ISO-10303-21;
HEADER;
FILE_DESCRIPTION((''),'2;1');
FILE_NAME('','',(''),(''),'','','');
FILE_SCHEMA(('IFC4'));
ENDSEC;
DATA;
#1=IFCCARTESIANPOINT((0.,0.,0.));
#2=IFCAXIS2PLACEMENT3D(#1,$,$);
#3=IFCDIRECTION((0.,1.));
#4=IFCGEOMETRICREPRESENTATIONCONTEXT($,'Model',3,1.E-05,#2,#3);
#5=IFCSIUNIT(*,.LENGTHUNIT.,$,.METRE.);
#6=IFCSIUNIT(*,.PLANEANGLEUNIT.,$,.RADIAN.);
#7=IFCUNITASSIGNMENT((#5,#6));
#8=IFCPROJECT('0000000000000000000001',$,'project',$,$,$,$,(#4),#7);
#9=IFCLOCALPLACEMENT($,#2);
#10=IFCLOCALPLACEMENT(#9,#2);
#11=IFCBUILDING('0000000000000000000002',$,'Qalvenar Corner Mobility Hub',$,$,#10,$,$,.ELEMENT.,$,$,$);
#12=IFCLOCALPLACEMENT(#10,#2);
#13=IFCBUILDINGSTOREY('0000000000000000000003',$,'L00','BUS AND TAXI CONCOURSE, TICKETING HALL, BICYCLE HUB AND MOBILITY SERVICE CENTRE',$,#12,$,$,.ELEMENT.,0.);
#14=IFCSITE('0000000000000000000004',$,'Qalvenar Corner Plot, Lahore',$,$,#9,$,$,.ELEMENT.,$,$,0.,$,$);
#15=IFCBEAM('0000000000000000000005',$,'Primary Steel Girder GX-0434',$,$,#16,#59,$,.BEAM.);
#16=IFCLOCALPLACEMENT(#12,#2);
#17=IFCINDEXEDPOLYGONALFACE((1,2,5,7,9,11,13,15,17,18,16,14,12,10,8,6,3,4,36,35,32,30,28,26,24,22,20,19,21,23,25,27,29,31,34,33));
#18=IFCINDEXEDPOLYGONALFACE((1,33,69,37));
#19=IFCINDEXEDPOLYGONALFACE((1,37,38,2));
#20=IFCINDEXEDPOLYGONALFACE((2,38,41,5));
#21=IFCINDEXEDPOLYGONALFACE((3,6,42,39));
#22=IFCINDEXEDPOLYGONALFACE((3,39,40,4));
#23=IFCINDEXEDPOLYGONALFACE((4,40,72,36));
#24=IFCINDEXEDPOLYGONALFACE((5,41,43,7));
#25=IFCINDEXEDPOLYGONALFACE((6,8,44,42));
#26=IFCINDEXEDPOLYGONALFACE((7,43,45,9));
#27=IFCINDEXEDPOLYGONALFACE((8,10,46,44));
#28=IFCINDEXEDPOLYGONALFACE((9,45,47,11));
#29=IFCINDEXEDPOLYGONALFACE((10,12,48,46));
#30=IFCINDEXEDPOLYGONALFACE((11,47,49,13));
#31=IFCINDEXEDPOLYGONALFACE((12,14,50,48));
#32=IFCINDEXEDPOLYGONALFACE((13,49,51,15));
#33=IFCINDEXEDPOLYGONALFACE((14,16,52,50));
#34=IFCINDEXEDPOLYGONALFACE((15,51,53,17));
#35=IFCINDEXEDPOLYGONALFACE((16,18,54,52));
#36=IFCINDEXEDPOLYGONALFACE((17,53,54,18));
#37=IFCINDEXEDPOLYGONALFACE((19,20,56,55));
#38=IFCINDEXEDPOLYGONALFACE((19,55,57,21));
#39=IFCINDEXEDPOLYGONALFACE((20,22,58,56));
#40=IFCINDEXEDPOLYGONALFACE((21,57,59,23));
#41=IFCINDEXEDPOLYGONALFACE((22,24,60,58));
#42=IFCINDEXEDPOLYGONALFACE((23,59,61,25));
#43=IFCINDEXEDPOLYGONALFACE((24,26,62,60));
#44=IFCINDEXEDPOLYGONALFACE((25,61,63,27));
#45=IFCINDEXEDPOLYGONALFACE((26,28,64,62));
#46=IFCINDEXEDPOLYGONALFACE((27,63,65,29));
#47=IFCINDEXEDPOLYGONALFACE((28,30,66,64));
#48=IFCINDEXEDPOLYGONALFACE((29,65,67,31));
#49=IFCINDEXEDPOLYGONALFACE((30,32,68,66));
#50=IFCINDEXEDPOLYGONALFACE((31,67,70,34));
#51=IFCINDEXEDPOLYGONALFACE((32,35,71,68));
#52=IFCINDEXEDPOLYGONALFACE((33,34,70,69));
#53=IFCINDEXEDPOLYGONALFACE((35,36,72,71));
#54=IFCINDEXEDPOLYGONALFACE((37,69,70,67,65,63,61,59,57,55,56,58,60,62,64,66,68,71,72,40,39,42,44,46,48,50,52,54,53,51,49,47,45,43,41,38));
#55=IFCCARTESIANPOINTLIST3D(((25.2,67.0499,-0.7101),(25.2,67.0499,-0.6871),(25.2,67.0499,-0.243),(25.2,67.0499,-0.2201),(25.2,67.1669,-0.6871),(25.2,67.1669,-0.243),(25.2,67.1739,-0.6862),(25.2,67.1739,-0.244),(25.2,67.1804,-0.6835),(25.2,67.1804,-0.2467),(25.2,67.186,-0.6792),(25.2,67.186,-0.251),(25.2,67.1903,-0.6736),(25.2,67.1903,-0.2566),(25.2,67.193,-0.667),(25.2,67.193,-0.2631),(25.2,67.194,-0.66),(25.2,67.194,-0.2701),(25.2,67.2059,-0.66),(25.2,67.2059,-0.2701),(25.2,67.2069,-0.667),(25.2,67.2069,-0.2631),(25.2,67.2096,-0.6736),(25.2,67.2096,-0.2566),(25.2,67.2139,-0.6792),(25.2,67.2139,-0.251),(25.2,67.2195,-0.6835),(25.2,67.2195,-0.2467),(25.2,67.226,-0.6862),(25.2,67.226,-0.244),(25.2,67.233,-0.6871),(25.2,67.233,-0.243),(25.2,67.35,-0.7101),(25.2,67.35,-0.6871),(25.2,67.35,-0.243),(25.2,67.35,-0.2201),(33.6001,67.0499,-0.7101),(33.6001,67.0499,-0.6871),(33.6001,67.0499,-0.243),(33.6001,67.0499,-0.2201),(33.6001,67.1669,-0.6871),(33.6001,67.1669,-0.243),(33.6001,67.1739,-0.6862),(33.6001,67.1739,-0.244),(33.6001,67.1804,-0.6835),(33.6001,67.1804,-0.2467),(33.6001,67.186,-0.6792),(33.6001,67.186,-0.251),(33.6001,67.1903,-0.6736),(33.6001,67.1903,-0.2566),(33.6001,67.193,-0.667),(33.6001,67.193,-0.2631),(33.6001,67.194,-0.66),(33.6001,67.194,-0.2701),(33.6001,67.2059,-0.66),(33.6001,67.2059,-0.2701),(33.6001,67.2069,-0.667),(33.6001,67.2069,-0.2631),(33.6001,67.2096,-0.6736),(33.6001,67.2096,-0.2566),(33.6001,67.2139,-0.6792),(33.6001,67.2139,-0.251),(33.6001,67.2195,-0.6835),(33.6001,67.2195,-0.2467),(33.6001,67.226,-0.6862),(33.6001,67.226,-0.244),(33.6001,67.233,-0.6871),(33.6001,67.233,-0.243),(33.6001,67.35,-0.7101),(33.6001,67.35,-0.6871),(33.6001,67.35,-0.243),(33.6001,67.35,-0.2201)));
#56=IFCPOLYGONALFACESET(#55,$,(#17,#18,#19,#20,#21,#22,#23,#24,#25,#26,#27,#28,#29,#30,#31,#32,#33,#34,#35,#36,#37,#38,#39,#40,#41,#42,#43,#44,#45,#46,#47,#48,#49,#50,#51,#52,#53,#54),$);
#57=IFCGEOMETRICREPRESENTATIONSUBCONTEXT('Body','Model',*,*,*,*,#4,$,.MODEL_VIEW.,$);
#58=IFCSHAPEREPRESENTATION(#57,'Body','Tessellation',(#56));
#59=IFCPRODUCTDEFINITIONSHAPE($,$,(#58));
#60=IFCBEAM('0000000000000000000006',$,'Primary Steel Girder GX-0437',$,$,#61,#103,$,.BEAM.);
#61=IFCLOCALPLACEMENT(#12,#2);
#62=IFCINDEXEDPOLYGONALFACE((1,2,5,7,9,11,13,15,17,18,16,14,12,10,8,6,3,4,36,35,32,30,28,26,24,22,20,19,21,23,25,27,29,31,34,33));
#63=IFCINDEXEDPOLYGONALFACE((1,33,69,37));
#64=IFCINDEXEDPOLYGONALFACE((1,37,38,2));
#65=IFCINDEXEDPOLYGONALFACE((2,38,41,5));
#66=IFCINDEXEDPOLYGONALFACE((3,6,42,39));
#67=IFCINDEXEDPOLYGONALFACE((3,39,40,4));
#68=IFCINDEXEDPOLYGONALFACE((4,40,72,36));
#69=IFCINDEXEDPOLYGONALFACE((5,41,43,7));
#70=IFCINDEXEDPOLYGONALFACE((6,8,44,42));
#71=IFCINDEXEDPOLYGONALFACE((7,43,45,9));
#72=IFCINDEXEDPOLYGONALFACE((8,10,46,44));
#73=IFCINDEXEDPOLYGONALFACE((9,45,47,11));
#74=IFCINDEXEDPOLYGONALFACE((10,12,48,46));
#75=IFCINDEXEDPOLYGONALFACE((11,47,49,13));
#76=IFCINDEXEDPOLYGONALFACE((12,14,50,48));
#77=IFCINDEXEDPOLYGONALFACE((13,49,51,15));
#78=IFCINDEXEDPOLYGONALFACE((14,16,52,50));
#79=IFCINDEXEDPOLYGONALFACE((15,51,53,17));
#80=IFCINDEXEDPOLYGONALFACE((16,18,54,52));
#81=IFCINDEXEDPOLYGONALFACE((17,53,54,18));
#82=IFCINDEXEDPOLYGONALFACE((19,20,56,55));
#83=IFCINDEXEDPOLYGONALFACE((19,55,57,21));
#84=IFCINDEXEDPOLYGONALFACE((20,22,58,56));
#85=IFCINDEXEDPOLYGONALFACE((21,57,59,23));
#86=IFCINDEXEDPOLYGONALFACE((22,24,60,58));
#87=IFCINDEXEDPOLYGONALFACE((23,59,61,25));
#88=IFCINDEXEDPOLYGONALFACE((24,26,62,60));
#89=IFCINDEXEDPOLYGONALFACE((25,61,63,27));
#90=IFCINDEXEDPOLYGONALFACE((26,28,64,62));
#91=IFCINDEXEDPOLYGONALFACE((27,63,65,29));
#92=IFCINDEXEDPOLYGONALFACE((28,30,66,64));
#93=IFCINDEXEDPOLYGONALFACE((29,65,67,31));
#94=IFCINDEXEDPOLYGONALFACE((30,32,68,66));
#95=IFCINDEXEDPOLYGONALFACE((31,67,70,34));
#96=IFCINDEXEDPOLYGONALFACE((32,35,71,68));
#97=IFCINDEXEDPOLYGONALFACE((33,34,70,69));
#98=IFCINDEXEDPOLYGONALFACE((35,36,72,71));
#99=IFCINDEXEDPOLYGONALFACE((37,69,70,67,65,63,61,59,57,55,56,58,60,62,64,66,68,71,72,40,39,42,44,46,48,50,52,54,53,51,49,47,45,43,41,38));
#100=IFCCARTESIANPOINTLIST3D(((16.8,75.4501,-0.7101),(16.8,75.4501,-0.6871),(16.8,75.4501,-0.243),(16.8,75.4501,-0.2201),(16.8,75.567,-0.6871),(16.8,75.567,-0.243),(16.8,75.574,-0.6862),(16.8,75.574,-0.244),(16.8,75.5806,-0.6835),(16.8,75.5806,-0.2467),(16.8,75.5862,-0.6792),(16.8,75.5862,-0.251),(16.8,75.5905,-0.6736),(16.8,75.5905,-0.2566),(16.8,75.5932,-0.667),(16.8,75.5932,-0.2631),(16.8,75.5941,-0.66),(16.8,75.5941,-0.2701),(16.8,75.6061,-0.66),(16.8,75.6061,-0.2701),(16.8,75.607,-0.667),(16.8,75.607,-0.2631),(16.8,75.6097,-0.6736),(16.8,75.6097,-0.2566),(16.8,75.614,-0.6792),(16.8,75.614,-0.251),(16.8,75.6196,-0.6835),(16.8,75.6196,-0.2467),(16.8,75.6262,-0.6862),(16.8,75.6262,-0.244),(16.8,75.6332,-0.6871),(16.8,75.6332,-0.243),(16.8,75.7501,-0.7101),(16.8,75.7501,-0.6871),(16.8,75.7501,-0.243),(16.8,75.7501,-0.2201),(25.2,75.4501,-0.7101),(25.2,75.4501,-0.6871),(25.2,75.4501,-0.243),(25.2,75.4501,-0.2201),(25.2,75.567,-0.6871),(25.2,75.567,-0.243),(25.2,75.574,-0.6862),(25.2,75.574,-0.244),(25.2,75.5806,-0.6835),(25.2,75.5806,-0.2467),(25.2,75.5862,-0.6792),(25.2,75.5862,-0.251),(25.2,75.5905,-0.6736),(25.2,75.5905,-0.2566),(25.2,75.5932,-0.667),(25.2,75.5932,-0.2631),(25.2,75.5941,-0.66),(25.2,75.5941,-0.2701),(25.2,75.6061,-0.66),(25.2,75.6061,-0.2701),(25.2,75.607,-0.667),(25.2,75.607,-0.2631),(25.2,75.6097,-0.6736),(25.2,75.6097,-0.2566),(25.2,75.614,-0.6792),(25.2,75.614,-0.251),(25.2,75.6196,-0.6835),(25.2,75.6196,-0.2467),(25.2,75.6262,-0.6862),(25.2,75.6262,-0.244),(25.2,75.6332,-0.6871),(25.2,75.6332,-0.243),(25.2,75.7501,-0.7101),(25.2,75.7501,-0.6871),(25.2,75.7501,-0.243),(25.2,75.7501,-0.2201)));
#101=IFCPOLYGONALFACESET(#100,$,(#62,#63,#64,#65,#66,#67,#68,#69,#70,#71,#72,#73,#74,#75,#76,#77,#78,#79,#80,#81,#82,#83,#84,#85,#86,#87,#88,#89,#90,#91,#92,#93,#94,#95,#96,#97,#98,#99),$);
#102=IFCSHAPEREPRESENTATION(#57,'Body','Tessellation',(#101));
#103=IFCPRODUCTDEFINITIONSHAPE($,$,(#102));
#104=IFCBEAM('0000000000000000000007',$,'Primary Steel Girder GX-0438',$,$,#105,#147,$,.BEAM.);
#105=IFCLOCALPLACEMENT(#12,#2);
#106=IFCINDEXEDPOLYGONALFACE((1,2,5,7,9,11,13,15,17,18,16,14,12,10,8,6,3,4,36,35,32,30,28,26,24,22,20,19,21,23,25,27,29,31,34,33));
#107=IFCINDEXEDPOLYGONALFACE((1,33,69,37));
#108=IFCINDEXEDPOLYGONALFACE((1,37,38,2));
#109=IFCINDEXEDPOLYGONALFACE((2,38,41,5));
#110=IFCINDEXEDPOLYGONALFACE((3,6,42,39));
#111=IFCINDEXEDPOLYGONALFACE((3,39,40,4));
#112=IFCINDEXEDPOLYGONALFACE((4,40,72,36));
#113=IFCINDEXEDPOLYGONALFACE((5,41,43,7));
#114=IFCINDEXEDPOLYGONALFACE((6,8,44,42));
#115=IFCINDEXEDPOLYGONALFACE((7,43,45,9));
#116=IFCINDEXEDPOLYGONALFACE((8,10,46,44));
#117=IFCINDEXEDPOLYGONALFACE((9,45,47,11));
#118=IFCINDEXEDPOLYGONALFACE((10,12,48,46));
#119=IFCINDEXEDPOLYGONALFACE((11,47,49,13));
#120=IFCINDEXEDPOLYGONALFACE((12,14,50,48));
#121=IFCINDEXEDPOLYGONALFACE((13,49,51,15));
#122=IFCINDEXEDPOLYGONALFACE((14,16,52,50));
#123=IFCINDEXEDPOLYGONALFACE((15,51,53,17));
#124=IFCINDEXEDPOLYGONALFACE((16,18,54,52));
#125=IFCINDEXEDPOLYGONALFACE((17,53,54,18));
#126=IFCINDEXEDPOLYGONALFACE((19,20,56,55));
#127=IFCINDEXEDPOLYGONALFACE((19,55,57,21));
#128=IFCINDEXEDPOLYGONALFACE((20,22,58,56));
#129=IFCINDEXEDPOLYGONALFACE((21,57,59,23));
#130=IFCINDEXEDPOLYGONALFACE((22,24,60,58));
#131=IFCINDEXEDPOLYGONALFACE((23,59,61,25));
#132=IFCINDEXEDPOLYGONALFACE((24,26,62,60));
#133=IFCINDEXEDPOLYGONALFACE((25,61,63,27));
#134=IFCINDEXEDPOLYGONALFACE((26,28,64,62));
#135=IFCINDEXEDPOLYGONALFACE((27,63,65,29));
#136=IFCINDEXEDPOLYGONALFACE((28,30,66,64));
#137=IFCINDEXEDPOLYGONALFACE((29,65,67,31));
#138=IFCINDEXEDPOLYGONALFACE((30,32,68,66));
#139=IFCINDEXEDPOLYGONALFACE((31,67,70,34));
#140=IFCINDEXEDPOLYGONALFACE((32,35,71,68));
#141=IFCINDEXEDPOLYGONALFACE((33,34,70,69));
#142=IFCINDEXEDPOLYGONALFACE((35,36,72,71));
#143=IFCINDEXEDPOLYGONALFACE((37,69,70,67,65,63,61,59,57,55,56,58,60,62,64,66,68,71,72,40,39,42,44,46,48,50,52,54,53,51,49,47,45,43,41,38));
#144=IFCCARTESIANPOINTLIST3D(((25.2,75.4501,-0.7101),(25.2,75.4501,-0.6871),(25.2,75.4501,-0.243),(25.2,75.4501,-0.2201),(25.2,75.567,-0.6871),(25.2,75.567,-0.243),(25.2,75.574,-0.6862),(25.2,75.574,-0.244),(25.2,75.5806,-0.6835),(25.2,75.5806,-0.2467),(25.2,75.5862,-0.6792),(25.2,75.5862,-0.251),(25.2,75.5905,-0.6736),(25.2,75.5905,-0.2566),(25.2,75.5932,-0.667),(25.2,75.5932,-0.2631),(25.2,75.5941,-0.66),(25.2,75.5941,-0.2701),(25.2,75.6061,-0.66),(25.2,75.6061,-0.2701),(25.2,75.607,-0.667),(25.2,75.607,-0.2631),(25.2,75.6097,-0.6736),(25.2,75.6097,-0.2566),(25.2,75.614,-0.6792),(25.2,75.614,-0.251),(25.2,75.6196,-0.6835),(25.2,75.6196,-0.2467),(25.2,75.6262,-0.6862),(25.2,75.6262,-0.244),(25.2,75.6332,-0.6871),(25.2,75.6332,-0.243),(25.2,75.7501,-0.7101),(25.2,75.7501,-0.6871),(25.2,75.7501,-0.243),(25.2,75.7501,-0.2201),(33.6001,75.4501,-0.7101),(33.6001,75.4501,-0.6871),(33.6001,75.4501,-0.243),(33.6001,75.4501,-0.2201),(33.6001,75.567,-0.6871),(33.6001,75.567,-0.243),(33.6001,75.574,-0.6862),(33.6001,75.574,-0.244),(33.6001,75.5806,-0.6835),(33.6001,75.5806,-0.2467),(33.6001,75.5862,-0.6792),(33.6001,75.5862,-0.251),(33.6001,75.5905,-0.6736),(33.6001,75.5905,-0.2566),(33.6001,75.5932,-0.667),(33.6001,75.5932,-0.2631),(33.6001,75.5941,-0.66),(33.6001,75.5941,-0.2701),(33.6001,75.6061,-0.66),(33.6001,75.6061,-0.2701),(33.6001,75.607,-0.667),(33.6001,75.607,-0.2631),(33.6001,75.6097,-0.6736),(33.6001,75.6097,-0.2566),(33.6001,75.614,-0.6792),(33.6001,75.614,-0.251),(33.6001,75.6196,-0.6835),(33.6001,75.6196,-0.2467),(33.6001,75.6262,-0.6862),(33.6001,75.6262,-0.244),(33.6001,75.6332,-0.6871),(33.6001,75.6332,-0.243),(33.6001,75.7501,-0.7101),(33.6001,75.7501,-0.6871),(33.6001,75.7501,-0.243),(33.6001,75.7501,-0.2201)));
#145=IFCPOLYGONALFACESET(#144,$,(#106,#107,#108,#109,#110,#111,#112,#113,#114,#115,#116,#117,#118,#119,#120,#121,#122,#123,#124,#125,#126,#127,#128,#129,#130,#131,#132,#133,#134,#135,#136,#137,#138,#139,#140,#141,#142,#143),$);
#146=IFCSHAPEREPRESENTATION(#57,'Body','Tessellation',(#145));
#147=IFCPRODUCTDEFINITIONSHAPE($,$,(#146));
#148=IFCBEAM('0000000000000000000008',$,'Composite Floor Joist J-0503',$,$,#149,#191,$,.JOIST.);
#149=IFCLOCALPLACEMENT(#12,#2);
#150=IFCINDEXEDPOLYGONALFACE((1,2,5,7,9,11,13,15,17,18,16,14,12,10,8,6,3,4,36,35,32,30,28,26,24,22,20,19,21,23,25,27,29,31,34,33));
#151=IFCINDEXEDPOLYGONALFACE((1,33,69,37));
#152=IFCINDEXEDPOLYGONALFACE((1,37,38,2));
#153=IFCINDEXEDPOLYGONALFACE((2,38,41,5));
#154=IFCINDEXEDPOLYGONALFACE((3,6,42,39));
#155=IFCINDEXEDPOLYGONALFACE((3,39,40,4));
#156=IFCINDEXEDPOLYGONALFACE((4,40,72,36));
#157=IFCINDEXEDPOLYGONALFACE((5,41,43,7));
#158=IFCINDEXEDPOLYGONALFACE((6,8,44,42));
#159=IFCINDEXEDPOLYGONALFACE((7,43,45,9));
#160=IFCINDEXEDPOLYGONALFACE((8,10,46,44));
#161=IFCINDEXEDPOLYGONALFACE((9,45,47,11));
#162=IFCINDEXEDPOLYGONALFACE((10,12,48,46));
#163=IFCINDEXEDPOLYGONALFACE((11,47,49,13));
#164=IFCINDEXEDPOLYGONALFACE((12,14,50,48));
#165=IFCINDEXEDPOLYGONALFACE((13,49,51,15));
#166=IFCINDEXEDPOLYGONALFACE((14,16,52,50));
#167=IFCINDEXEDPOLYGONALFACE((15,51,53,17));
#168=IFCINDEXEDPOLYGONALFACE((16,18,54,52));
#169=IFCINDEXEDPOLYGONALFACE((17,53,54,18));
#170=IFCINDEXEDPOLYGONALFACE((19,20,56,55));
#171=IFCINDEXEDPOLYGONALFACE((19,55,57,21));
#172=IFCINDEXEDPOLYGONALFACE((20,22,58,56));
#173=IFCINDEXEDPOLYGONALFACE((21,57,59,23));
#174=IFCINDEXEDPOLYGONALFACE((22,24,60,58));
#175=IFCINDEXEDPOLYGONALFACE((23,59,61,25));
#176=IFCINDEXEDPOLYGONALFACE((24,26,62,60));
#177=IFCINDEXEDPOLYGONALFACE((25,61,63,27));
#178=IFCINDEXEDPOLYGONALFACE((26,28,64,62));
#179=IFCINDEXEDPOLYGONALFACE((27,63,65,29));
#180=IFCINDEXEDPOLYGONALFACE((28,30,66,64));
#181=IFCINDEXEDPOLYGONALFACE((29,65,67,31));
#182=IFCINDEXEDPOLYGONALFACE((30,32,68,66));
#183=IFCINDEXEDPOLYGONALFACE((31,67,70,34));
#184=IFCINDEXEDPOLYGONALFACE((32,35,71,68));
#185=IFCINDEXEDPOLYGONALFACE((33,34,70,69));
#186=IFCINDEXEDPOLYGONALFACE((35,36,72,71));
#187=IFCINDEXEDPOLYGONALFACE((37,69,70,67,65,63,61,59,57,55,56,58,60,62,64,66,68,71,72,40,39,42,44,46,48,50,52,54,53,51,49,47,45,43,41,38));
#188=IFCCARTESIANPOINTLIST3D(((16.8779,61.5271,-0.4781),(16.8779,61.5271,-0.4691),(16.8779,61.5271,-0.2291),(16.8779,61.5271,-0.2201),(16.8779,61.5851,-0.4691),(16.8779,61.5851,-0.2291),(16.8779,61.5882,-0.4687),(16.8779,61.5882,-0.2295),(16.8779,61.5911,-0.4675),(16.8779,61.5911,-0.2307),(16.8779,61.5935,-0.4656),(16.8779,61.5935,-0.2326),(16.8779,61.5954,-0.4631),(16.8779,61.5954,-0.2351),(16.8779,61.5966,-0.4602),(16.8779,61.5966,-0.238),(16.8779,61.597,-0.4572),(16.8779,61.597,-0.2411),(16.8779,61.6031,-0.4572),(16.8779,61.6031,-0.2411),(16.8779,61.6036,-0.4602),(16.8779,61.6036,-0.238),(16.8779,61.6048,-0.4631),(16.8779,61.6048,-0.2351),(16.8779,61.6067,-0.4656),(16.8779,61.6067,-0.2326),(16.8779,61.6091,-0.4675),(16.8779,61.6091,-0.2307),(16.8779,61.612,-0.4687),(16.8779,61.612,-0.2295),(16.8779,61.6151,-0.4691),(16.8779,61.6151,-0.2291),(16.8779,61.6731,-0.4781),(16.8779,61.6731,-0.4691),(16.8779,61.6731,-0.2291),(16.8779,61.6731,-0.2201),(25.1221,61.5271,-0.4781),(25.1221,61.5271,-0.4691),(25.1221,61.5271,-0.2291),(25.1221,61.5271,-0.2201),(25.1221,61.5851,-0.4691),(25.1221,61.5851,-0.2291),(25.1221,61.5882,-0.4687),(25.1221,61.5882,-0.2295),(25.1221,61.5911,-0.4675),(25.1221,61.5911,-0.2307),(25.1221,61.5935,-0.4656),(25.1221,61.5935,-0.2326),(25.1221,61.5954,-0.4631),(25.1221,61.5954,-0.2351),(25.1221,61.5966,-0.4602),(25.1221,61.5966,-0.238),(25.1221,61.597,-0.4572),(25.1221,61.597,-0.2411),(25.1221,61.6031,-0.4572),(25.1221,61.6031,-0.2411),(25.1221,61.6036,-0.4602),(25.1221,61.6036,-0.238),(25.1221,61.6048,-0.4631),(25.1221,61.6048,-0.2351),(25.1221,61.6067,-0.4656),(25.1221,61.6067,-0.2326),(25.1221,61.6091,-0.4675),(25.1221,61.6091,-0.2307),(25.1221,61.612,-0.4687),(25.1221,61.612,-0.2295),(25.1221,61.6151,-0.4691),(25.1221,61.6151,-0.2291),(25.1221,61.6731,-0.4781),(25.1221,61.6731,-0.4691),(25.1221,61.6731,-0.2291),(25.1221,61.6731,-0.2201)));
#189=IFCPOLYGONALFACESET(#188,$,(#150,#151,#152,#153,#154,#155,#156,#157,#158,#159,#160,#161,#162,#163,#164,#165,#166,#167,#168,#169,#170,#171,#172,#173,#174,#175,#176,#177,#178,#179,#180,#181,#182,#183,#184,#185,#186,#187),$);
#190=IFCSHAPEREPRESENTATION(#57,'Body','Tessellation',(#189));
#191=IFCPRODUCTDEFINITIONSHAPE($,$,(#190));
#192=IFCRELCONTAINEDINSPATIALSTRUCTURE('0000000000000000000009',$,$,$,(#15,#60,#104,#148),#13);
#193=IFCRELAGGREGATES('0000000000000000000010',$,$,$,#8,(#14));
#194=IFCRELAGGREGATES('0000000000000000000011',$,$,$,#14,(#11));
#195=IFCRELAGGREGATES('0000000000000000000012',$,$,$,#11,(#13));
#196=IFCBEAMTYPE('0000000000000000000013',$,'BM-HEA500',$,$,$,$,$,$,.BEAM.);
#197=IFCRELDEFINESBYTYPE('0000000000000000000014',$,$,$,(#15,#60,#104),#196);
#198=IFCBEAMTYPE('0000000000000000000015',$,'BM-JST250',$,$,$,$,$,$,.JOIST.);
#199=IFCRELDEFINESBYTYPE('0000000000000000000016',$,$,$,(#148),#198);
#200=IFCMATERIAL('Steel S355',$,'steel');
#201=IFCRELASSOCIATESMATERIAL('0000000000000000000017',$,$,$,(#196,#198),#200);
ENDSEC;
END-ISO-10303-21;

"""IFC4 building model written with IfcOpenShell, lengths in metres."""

from ifc_helpers import new_model, si_unit, direction, frame, origin, origin_2d, place, context, subcontext, project, spatial, i_section, extrude, material, material_profile, profile_set, type_object, element, save


model = new_model("IFC4")

# Units and contexts
model_context = context("Model", 3, precision=1e-05, world=origin(), true_north=direction((0.0, 1.0)))
body_context = subcontext(model_context, "Body", "Model", "MODEL_VIEW")
ifc_project = project(units=[si_unit("LENGTHUNIT", "METRE"), si_unit("PLANEANGLEUNIT", "RADIAN")], contexts=[model_context])

# Site, building, storey
site_placement = place(None, origin())
site = spatial("IfcSite", under=ifc_project, at=site_placement, Name="Qalvenar Corner Plot, Lahore", CompositionType="ELEMENT", RefElevation=0.0)
building_placement = place(site_placement, origin())
building = spatial("IfcBuilding", under=site, at=building_placement, Name="Qalvenar Corner Mobility Hub", CompositionType="ELEMENT")
storey_placement = place(building_placement, origin())
storey = spatial("IfcBuildingStorey", under=building, at=storey_placement, Name="L00", Description="BUS AND TAXI CONCOURSE, TICKETING HALL, BICYCLE HUB AND MOBILITY SERVICE CENTRE", CompositionType="ELEMENT", Elevation=0.0)

# Shared definitions
ifc_material_1 = material(Name="Steel S355", Category="steel")

# Beams
ifc_material_profile_1 = material_profile(ifc_material_1, i_section(OverallWidth=0.3, OverallDepth=0.49, WebThickness=0.012, FlangeThickness=0.0229, FilletRadius=0.0271, at=origin_2d()), Name="HEA500")
ifc_profile_set_1 = profile_set([ifc_material_profile_1], Name="Steel S355")
beam_type_1 = type_object("IfcBeamType", Name="BM-HEA500", PredefinedType="BEAM", material=ifc_profile_set_1)
beam_1_placement = place(storey_placement, frame((25.2, 67.2, -0.4651), z_axis=(1.0, 0.0, 0.0), x_axis=(0.0, 1.0, 0.0)))
element("IfcBeam", 1, at=beam_1_placement, inside=storey, type_object=beam_type_1, Name="Primary Steel Girder GX-0434", PredefinedType="BEAM", context=body_context, shape_type="SweptSolid", body=[
    extrude(i_section(OverallWidth=0.3, OverallDepth=0.49, WebThickness=0.012, FlangeThickness=0.0229, FilletRadius=0.0271, at=origin_2d()), origin(), (0.0, 0.0, 1.0), 8.4001),
])
beam_2_placement = place(storey_placement, frame((16.8, 75.6001, -0.4651), z_axis=(1.0, 0.0, 0.0), x_axis=(0.0, 1.0, 0.0)))
element("IfcBeam", 2, at=beam_2_placement, inside=storey, type_object=beam_type_1, Name="Primary Steel Girder GX-0437", PredefinedType="BEAM", context=body_context, shape_type="SweptSolid", body=[
    extrude(i_section(OverallWidth=0.3, OverallDepth=0.49, WebThickness=0.012, FlangeThickness=0.0229, FilletRadius=0.0271, at=origin_2d()), origin(), (0.0, 0.0, 1.0), 8.3999),
])
beam_3_placement = place(storey_placement, frame((25.2, 75.6001, -0.4651), z_axis=(1.0, 0.0, 0.0), x_axis=(0.0, 1.0, 0.0)))
element("IfcBeam", 3, at=beam_3_placement, inside=storey, type_object=beam_type_1, Name="Primary Steel Girder GX-0438", PredefinedType="BEAM", context=body_context, shape_type="SweptSolid", body=[
    extrude(i_section(OverallWidth=0.3, OverallDepth=0.49, WebThickness=0.012, FlangeThickness=0.0229, FilletRadius=0.0271, at=origin_2d()), origin(), (0.0, 0.0, 1.0), 8.4001),
])
ifc_material_profile_2 = material_profile(ifc_material_1, i_section(OverallWidth=0.146, OverallDepth=0.2581, WebThickness=0.0061, FlangeThickness=0.009, FilletRadius=0.012, at=origin_2d()), Name="W250x32.7")
ifc_profile_set_2 = profile_set([ifc_material_profile_2], Name="Steel S355")
beam_type_2 = type_object("IfcBeamType", Name="BM-JST250", PredefinedType="JOIST", material=ifc_profile_set_2)
for number, where, z_axis, x_axis, name in (
    (4, (16.8779, 61.6001, -0.3491), (1.0, 0.0, 0.0), (0.0, 1.0, 0.0), "Composite Floor Joist J-0503"),
):
    element("IfcBeam", number, at=place(storey_placement, frame(where, z_axis=z_axis, x_axis=x_axis)), inside=storey, type_object=beam_type_2, Name=name, PredefinedType="JOIST", context=body_context, shape_type="SweptSolid", body=[
        extrude(i_section(OverallWidth=0.146, OverallDepth=0.2581, WebThickness=0.0061, FlangeThickness=0.009, FilletRadius=0.012, at=origin_2d()), origin(), (0.0, 0.0, 1.0), 8.2441),
    ])

save(model, "model.ifc")
